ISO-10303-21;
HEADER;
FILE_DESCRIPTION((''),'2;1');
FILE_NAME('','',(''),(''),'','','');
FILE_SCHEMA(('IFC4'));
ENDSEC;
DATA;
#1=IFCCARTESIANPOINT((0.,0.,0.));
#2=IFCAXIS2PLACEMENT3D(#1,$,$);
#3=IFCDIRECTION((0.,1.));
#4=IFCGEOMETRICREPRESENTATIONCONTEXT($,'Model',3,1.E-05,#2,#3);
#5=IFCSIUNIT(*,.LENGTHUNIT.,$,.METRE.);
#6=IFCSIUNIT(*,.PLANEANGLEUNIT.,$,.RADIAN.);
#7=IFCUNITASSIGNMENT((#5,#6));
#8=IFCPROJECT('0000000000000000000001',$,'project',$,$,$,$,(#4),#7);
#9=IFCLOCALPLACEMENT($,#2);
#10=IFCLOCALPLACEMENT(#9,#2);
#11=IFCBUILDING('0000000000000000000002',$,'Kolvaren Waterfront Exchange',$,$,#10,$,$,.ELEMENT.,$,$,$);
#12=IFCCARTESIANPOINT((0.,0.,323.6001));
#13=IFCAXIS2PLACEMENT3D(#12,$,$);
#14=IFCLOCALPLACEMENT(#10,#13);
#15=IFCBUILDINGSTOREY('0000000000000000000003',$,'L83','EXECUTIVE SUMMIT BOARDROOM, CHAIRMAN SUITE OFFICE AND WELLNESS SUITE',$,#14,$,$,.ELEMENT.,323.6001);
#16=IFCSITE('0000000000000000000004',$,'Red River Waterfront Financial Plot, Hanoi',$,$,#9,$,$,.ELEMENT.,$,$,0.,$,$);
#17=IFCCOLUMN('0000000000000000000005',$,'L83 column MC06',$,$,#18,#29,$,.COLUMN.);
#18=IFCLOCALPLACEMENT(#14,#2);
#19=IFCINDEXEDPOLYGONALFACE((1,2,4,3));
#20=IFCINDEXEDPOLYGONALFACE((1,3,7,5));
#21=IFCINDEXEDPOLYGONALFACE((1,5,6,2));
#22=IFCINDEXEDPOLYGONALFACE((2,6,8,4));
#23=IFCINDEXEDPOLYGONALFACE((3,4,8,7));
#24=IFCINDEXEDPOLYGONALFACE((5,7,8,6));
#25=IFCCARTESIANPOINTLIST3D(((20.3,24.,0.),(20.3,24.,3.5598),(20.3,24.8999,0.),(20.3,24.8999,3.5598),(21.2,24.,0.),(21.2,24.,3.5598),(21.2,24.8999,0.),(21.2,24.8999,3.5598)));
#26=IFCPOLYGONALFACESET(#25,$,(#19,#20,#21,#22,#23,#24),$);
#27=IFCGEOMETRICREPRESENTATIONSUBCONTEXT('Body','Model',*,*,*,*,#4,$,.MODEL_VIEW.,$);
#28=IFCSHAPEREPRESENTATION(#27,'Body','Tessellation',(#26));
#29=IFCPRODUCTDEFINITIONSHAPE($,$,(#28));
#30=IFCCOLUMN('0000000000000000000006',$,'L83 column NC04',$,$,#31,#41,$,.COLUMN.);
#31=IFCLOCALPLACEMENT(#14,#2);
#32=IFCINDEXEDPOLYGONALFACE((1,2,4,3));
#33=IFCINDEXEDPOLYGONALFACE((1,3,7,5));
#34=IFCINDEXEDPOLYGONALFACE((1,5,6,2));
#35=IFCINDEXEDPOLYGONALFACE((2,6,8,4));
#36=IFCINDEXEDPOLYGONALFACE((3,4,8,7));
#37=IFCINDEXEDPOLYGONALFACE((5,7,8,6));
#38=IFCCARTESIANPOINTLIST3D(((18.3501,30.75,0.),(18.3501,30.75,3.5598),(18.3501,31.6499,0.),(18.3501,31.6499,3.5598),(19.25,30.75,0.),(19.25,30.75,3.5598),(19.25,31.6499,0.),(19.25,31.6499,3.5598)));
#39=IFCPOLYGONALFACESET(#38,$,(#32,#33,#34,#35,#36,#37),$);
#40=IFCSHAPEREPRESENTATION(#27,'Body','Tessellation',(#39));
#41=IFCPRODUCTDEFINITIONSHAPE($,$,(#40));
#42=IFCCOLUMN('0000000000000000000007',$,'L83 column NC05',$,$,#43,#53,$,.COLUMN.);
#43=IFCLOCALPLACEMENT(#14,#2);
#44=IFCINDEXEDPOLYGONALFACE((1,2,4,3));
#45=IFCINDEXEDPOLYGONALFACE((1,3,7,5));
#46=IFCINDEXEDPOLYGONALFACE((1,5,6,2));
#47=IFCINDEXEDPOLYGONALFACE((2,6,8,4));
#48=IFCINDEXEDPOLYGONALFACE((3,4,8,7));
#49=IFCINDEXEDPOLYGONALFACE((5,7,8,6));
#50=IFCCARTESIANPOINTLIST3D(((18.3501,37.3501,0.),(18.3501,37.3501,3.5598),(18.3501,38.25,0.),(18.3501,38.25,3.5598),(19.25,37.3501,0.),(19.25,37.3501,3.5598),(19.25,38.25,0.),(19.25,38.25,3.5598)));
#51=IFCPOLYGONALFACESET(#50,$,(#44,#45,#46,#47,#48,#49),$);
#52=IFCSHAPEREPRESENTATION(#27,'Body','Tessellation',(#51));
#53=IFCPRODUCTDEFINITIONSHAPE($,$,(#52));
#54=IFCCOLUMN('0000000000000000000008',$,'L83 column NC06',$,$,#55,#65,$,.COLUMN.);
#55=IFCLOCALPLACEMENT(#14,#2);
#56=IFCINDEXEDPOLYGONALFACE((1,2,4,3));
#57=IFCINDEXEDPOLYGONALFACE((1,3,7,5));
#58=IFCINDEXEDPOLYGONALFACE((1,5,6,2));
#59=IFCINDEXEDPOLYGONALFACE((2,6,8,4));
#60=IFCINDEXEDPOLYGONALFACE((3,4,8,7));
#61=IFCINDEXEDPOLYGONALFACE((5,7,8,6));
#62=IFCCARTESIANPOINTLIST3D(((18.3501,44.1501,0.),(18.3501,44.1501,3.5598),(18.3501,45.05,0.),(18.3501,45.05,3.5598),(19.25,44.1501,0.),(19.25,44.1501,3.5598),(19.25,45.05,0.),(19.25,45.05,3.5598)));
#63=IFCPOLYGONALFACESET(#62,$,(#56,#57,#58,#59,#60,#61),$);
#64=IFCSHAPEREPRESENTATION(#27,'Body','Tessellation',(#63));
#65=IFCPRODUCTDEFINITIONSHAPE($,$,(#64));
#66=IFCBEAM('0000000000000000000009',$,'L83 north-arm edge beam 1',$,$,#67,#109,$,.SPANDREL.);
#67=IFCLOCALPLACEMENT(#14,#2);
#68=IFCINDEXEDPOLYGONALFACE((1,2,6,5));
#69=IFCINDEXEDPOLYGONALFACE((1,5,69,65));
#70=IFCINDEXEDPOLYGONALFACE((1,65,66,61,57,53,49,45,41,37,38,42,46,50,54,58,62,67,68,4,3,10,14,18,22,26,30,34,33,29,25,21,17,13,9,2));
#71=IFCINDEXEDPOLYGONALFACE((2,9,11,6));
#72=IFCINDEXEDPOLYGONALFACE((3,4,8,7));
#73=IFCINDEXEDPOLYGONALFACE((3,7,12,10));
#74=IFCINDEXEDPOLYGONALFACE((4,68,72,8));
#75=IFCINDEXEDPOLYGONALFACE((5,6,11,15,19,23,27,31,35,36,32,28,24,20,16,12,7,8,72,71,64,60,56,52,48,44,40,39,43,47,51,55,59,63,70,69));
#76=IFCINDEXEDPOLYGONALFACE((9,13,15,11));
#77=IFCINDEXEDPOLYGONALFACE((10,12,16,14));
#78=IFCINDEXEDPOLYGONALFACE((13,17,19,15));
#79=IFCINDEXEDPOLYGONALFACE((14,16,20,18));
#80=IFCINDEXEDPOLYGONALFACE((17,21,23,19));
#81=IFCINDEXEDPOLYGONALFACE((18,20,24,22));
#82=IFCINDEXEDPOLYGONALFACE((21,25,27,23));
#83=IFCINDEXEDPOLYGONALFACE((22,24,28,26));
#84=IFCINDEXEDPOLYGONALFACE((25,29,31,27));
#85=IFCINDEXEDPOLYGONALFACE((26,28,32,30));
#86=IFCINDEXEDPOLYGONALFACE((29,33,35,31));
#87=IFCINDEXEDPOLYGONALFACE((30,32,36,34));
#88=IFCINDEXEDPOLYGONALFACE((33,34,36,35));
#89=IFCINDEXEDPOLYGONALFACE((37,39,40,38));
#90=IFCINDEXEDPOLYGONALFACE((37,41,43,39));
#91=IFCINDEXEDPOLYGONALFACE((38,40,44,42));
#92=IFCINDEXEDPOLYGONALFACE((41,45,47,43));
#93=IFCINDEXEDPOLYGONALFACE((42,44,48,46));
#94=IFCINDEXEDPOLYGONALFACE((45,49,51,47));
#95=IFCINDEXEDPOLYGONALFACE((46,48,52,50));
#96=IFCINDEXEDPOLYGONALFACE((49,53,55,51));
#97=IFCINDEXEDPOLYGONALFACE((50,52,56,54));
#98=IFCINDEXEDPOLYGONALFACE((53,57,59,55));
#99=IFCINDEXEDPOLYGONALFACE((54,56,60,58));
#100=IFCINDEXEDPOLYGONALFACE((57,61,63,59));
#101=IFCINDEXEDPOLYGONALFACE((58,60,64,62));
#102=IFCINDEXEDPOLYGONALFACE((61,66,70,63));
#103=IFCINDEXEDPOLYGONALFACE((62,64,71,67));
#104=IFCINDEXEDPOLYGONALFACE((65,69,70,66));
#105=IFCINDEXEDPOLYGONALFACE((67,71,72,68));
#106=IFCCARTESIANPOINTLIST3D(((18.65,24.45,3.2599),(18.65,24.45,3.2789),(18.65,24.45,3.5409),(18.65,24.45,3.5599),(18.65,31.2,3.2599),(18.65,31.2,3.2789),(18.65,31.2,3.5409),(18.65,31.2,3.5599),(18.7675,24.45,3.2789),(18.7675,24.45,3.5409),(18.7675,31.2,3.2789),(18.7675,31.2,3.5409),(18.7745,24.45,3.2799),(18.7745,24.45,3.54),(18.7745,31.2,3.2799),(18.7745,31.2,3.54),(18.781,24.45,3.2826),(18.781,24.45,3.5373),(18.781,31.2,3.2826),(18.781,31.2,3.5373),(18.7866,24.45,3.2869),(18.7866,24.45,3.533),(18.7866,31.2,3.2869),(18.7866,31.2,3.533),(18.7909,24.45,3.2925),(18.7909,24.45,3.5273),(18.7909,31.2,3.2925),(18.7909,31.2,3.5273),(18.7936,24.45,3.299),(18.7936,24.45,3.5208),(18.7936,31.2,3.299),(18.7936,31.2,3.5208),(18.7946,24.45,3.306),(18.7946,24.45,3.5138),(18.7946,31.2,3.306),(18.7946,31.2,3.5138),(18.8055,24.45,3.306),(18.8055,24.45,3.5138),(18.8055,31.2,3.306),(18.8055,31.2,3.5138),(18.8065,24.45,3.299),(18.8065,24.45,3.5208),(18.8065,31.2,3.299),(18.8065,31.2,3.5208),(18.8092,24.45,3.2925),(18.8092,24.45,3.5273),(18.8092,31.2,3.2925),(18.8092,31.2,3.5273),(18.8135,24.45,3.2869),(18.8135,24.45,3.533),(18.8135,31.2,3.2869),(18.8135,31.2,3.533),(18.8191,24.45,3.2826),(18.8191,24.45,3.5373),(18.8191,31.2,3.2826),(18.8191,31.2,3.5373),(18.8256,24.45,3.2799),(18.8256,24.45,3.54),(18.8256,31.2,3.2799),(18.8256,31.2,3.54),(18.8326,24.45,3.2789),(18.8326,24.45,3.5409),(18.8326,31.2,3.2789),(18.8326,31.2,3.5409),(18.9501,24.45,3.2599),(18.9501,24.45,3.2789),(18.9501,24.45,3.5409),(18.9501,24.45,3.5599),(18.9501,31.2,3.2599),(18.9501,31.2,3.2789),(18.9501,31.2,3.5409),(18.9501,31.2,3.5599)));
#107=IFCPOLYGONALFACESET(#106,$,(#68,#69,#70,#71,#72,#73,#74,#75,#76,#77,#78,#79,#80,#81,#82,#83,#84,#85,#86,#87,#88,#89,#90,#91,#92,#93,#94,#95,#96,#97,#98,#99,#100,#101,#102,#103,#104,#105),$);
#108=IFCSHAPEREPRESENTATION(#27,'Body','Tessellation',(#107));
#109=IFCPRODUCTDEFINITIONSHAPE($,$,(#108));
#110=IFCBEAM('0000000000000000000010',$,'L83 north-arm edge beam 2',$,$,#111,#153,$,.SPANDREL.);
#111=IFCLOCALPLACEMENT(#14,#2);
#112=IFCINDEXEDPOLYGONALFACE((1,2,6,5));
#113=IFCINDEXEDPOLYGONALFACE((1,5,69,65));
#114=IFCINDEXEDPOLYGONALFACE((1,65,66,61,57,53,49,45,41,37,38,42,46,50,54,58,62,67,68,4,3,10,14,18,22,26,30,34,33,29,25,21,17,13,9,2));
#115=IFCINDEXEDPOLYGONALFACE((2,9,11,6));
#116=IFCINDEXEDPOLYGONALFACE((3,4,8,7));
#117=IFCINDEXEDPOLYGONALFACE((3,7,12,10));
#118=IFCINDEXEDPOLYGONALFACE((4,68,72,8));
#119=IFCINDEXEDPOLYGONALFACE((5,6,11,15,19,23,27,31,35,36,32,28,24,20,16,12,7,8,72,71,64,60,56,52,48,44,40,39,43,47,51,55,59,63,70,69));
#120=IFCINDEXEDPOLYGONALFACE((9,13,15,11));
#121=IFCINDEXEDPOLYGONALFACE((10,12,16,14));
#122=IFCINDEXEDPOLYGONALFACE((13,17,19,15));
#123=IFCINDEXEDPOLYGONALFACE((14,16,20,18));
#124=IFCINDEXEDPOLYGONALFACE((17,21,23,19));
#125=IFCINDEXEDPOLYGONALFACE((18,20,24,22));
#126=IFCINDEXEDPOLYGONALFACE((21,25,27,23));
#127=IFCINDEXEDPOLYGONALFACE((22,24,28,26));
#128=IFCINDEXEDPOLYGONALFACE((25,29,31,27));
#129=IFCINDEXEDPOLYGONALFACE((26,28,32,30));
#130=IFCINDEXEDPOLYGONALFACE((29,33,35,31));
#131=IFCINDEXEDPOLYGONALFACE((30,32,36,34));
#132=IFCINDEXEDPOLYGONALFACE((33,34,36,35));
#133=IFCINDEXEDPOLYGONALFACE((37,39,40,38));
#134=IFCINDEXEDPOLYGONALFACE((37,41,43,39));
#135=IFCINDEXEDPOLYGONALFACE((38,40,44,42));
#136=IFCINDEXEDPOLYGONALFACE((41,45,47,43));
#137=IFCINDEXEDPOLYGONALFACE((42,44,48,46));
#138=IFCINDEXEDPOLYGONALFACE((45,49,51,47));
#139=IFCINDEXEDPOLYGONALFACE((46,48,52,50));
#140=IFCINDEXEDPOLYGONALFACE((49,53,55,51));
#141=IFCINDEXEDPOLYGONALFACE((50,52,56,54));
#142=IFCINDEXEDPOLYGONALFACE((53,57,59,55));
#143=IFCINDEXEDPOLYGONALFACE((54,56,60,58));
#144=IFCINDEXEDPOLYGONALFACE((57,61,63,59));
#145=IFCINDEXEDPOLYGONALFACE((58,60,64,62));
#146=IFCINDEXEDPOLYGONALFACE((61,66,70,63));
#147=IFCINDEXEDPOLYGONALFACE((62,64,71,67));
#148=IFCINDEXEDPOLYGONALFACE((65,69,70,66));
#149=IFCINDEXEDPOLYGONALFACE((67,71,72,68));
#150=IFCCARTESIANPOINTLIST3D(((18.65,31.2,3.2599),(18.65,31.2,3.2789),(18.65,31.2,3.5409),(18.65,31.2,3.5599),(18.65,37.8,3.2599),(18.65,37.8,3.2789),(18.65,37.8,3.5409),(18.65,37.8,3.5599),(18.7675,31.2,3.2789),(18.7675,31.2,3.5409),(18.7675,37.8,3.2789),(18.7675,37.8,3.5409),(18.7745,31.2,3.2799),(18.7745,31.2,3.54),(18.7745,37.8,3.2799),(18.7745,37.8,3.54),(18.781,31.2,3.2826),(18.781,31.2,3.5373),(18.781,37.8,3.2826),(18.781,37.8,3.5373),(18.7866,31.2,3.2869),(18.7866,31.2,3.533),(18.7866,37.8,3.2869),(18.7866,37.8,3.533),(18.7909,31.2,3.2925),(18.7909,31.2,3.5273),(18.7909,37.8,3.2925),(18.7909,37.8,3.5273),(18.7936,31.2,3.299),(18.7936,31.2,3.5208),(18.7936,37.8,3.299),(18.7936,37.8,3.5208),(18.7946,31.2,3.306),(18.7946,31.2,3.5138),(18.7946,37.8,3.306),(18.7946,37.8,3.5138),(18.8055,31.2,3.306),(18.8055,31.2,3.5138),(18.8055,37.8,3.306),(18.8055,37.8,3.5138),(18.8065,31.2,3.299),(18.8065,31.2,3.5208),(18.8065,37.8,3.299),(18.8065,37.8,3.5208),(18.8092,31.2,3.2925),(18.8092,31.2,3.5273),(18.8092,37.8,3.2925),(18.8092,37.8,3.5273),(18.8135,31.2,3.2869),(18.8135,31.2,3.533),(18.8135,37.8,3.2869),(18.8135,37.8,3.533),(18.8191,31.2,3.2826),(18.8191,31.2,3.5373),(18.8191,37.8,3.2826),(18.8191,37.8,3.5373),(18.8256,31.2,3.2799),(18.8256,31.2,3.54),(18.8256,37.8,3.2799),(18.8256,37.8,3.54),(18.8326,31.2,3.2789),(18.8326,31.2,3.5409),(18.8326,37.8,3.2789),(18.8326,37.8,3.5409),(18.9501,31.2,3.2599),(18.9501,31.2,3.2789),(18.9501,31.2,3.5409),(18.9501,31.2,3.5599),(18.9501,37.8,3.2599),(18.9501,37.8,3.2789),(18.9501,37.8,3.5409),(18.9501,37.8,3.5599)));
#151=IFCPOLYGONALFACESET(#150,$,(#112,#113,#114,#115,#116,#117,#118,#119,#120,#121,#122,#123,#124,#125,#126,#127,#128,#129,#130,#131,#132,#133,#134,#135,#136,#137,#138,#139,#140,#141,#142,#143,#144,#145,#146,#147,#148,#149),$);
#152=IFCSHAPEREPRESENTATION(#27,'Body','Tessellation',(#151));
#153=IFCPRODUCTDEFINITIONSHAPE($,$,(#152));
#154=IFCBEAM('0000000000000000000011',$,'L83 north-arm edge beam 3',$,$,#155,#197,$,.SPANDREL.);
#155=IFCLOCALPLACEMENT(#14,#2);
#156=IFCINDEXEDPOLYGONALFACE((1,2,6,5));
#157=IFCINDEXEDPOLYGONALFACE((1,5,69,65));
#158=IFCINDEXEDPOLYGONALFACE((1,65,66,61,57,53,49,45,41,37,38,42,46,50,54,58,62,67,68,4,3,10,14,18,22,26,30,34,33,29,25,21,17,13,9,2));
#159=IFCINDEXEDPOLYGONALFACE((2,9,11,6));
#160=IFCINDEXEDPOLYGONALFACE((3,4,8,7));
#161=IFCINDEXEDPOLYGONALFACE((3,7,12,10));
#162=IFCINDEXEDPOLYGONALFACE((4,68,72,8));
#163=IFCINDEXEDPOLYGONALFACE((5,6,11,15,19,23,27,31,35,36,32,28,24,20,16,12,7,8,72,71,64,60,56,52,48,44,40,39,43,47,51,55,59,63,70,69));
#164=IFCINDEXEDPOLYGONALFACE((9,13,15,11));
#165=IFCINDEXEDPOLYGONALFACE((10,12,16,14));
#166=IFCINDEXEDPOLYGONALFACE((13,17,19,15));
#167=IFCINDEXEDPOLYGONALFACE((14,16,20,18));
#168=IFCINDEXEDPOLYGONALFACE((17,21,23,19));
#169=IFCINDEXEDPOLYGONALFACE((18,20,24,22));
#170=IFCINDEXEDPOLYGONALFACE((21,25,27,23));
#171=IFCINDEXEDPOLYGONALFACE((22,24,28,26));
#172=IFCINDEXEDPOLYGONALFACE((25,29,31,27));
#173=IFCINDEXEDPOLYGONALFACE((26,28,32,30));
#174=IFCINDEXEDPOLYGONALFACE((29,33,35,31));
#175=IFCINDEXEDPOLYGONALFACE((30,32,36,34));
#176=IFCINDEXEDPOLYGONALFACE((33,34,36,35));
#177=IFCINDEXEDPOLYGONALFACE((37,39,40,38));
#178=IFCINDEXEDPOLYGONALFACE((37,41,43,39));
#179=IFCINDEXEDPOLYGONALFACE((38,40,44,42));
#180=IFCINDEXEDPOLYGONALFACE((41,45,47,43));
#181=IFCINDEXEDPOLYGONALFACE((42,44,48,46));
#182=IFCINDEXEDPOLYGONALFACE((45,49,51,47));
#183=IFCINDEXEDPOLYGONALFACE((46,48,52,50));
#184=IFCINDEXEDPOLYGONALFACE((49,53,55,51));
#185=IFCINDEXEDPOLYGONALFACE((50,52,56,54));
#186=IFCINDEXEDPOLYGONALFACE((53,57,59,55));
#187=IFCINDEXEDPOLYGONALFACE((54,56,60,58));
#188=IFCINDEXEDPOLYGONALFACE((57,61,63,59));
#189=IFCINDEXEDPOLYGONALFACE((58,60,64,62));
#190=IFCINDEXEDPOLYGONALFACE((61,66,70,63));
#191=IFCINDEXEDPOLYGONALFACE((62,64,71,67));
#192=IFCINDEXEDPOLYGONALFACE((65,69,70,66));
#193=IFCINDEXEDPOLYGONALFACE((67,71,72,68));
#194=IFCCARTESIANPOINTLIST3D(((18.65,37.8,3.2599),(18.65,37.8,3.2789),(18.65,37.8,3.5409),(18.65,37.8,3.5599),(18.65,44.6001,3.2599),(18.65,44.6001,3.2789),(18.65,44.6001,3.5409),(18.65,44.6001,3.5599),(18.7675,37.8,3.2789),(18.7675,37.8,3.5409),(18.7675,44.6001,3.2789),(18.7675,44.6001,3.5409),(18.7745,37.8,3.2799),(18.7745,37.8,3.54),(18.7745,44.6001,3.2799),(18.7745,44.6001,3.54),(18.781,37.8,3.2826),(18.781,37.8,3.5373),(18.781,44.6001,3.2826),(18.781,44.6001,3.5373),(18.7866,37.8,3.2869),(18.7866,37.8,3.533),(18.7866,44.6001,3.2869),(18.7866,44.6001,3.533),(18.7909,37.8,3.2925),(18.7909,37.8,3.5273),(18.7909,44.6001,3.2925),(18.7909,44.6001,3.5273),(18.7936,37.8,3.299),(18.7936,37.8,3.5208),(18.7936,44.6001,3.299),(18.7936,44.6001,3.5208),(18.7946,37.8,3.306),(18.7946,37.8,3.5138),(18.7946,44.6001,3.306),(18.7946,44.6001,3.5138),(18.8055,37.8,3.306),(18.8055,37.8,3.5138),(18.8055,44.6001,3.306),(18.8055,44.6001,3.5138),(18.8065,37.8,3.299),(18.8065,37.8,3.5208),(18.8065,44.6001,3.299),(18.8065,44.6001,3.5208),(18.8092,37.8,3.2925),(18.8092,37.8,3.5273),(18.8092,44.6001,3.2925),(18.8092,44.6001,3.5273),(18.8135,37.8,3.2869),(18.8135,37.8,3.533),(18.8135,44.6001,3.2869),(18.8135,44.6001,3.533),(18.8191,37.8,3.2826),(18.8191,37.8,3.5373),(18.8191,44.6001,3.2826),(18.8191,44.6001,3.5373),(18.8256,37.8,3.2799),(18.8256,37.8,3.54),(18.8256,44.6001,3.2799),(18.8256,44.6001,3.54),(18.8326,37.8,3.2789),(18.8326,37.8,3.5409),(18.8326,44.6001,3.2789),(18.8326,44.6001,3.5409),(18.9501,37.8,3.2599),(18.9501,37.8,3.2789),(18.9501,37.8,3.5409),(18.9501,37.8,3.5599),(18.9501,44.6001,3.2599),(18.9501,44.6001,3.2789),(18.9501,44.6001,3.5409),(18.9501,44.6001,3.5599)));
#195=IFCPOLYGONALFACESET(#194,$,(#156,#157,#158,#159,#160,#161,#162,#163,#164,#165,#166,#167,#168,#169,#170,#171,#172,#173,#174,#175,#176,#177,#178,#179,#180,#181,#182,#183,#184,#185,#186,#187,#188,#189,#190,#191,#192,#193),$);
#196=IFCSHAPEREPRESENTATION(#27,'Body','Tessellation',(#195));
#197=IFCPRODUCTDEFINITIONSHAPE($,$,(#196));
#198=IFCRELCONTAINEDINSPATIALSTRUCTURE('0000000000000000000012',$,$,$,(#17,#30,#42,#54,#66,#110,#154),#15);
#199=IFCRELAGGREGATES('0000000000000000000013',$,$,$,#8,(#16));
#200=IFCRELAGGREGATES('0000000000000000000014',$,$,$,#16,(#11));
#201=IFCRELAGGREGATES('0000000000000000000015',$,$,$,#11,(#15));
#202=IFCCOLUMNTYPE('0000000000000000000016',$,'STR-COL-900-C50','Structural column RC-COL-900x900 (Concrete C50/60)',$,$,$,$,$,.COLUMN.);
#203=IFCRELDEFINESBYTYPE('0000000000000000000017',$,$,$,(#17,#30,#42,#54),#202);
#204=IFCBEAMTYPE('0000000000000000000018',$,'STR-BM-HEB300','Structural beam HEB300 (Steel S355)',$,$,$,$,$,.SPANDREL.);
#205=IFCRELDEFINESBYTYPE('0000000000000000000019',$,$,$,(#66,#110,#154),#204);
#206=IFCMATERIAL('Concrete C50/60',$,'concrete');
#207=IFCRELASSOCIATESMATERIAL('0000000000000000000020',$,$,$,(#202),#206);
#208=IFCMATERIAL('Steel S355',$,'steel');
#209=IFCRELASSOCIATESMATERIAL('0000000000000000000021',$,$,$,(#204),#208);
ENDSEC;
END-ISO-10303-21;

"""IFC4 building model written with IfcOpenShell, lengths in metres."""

from ifc_helpers import new_model, si_unit, direction, frame, origin, origin_2d, place, context, subcontext, project, spatial, rectangle, i_section, extrude, material, material_profile, profile_set, type_object, element, save


model = new_model("IFC4")

# Units and contexts
model_context = context("Model", 3, precision=1e-05, world=origin(), true_north=direction((0.0, 1.0)))
body_context = subcontext(model_context, "Body", "Model", "MODEL_VIEW")
ifc_project = project(units=[si_unit("LENGTHUNIT", "METRE"), si_unit("PLANEANGLEUNIT", "RADIAN")], contexts=[model_context])

# Site, building, storey
site_placement = place(None, origin())
site = spatial("IfcSite", under=ifc_project, at=site_placement, Name="Red River Waterfront Financial Plot, Hanoi", CompositionType="ELEMENT", RefElevation=0.0)
building_placement = place(site_placement, origin())
building = spatial("IfcBuilding", under=site, at=building_placement, Name="Kolvaren Waterfront Exchange", CompositionType="ELEMENT")
storey_placement = place(building_placement, frame((0.0, 0.0, 323.6001)))
storey = spatial("IfcBuildingStorey", under=building, at=storey_placement, Name="L83", Description="EXECUTIVE SUMMIT BOARDROOM, CHAIRMAN SUITE OFFICE AND WELLNESS SUITE", CompositionType="ELEMENT", Elevation=323.6001)

# Columns
ifc_material_1 = material(Name="Concrete C50/60", Category="concrete")
ifc_material_profile_1 = material_profile(ifc_material_1, rectangle(XDim=0.8999, YDim=0.8999, at=origin_2d()), Name="RC-COL-900x900")
ifc_profile_set_1 = profile_set([ifc_material_profile_1], Name="Concrete C50/60")
column_type = type_object("IfcColumnType", Name="STR-COL-900-C50", Description="Structural column RC-COL-900x900 (Concrete C50/60)", PredefinedType="COLUMN", material=ifc_profile_set_1)
for number, where, z_axis, x_axis, name in (
    (1, (20.75, 24.45, 0.0), (0.0, 0.0, 1.0), (1.0, 0.0, 0.0), "L83 column MC06"),
    (2, (18.8, 31.2, 0.0), (0.0, 0.0, 1.0), (1.0, 0.0, 0.0), "L83 column NC04"),
    (3, (18.8, 37.8, 0.0), (0.0, 0.0, 1.0), (1.0, 0.0, 0.0), "L83 column NC05"),
    (4, (18.8, 44.6001, 0.0), (0.0, 0.0, 1.0), (1.0, 0.0, 0.0), "L83 column NC06"),
):
    element("IfcColumn", number, at=place(storey_placement, frame(where, z_axis=z_axis, x_axis=x_axis)), inside=storey, type_object=column_type, Name=name, PredefinedType="COLUMN", context=body_context, shape_type="SweptSolid", body=[
        extrude(rectangle(XDim=0.8999, YDim=0.8999, at=origin_2d()), origin(), (0.0, 0.0, 1.0), 3.5598),
    ])

# Beams
ifc_material_2 = material(Name="Steel S355", Category="steel")
ifc_material_profile_2 = material_profile(ifc_material_2, i_section(OverallWidth=0.3, OverallDepth=0.3, WebThickness=0.011, FlangeThickness=0.019, FilletRadius=0.0271, at=origin_2d()), Name="HEB300")
ifc_profile_set_2 = profile_set([ifc_material_profile_2], Name="Steel S355")
beam_type = type_object("IfcBeamType", Name="STR-BM-HEB300", Description="Structural beam HEB300 (Steel S355)", PredefinedType="SPANDREL", material=ifc_profile_set_2)
beam_1_placement = place(storey_placement, frame((18.8, 24.45, 3.4099), z_axis=(0.0, 1.0, 0.0), x_axis=(-1.0, 0.0, 0.0)))
element("IfcBeam", 5, at=beam_1_placement, inside=storey, type_object=beam_type, Name="L83 north-arm edge beam 1", PredefinedType="SPANDREL", context=body_context, shape_type="SweptSolid", body=[
    extrude(i_section(OverallWidth=0.3, OverallDepth=0.3, WebThickness=0.011, FlangeThickness=0.019, FilletRadius=0.0271, at=origin_2d()), origin(), (0.0, 0.0, 1.0), 6.75),
])
beam_2_placement = place(storey_placement, frame((18.8, 31.2, 3.4099), z_axis=(0.0, 1.0, 0.0), x_axis=(-1.0, 0.0, 0.0)))
element("IfcBeam", 6, at=beam_2_placement, inside=storey, type_object=beam_type, Name="L83 north-arm edge beam 2", PredefinedType="SPANDREL", context=body_context, shape_type="SweptSolid", body=[
    extrude(i_section(OverallWidth=0.3, OverallDepth=0.3, WebThickness=0.011, FlangeThickness=0.019, FilletRadius=0.0271, at=origin_2d()), origin(), (0.0, 0.0, 1.0), 6.6001),
])
beam_3_placement = place(storey_placement, frame((18.8, 37.8, 3.4099), z_axis=(0.0, 1.0, 0.0), x_axis=(-1.0, 0.0, 0.0)))
element("IfcBeam", 7, at=beam_3_placement, inside=storey, type_object=beam_type, Name="L83 north-arm edge beam 3", PredefinedType="SPANDREL", context=body_context, shape_type="SweptSolid", body=[
    extrude(i_section(OverallWidth=0.3, OverallDepth=0.3, WebThickness=0.011, FlangeThickness=0.019, FilletRadius=0.0271, at=origin_2d()), origin(), (0.0, 0.0, 1.0), 6.8),
])

save(model, "model.ifc")
